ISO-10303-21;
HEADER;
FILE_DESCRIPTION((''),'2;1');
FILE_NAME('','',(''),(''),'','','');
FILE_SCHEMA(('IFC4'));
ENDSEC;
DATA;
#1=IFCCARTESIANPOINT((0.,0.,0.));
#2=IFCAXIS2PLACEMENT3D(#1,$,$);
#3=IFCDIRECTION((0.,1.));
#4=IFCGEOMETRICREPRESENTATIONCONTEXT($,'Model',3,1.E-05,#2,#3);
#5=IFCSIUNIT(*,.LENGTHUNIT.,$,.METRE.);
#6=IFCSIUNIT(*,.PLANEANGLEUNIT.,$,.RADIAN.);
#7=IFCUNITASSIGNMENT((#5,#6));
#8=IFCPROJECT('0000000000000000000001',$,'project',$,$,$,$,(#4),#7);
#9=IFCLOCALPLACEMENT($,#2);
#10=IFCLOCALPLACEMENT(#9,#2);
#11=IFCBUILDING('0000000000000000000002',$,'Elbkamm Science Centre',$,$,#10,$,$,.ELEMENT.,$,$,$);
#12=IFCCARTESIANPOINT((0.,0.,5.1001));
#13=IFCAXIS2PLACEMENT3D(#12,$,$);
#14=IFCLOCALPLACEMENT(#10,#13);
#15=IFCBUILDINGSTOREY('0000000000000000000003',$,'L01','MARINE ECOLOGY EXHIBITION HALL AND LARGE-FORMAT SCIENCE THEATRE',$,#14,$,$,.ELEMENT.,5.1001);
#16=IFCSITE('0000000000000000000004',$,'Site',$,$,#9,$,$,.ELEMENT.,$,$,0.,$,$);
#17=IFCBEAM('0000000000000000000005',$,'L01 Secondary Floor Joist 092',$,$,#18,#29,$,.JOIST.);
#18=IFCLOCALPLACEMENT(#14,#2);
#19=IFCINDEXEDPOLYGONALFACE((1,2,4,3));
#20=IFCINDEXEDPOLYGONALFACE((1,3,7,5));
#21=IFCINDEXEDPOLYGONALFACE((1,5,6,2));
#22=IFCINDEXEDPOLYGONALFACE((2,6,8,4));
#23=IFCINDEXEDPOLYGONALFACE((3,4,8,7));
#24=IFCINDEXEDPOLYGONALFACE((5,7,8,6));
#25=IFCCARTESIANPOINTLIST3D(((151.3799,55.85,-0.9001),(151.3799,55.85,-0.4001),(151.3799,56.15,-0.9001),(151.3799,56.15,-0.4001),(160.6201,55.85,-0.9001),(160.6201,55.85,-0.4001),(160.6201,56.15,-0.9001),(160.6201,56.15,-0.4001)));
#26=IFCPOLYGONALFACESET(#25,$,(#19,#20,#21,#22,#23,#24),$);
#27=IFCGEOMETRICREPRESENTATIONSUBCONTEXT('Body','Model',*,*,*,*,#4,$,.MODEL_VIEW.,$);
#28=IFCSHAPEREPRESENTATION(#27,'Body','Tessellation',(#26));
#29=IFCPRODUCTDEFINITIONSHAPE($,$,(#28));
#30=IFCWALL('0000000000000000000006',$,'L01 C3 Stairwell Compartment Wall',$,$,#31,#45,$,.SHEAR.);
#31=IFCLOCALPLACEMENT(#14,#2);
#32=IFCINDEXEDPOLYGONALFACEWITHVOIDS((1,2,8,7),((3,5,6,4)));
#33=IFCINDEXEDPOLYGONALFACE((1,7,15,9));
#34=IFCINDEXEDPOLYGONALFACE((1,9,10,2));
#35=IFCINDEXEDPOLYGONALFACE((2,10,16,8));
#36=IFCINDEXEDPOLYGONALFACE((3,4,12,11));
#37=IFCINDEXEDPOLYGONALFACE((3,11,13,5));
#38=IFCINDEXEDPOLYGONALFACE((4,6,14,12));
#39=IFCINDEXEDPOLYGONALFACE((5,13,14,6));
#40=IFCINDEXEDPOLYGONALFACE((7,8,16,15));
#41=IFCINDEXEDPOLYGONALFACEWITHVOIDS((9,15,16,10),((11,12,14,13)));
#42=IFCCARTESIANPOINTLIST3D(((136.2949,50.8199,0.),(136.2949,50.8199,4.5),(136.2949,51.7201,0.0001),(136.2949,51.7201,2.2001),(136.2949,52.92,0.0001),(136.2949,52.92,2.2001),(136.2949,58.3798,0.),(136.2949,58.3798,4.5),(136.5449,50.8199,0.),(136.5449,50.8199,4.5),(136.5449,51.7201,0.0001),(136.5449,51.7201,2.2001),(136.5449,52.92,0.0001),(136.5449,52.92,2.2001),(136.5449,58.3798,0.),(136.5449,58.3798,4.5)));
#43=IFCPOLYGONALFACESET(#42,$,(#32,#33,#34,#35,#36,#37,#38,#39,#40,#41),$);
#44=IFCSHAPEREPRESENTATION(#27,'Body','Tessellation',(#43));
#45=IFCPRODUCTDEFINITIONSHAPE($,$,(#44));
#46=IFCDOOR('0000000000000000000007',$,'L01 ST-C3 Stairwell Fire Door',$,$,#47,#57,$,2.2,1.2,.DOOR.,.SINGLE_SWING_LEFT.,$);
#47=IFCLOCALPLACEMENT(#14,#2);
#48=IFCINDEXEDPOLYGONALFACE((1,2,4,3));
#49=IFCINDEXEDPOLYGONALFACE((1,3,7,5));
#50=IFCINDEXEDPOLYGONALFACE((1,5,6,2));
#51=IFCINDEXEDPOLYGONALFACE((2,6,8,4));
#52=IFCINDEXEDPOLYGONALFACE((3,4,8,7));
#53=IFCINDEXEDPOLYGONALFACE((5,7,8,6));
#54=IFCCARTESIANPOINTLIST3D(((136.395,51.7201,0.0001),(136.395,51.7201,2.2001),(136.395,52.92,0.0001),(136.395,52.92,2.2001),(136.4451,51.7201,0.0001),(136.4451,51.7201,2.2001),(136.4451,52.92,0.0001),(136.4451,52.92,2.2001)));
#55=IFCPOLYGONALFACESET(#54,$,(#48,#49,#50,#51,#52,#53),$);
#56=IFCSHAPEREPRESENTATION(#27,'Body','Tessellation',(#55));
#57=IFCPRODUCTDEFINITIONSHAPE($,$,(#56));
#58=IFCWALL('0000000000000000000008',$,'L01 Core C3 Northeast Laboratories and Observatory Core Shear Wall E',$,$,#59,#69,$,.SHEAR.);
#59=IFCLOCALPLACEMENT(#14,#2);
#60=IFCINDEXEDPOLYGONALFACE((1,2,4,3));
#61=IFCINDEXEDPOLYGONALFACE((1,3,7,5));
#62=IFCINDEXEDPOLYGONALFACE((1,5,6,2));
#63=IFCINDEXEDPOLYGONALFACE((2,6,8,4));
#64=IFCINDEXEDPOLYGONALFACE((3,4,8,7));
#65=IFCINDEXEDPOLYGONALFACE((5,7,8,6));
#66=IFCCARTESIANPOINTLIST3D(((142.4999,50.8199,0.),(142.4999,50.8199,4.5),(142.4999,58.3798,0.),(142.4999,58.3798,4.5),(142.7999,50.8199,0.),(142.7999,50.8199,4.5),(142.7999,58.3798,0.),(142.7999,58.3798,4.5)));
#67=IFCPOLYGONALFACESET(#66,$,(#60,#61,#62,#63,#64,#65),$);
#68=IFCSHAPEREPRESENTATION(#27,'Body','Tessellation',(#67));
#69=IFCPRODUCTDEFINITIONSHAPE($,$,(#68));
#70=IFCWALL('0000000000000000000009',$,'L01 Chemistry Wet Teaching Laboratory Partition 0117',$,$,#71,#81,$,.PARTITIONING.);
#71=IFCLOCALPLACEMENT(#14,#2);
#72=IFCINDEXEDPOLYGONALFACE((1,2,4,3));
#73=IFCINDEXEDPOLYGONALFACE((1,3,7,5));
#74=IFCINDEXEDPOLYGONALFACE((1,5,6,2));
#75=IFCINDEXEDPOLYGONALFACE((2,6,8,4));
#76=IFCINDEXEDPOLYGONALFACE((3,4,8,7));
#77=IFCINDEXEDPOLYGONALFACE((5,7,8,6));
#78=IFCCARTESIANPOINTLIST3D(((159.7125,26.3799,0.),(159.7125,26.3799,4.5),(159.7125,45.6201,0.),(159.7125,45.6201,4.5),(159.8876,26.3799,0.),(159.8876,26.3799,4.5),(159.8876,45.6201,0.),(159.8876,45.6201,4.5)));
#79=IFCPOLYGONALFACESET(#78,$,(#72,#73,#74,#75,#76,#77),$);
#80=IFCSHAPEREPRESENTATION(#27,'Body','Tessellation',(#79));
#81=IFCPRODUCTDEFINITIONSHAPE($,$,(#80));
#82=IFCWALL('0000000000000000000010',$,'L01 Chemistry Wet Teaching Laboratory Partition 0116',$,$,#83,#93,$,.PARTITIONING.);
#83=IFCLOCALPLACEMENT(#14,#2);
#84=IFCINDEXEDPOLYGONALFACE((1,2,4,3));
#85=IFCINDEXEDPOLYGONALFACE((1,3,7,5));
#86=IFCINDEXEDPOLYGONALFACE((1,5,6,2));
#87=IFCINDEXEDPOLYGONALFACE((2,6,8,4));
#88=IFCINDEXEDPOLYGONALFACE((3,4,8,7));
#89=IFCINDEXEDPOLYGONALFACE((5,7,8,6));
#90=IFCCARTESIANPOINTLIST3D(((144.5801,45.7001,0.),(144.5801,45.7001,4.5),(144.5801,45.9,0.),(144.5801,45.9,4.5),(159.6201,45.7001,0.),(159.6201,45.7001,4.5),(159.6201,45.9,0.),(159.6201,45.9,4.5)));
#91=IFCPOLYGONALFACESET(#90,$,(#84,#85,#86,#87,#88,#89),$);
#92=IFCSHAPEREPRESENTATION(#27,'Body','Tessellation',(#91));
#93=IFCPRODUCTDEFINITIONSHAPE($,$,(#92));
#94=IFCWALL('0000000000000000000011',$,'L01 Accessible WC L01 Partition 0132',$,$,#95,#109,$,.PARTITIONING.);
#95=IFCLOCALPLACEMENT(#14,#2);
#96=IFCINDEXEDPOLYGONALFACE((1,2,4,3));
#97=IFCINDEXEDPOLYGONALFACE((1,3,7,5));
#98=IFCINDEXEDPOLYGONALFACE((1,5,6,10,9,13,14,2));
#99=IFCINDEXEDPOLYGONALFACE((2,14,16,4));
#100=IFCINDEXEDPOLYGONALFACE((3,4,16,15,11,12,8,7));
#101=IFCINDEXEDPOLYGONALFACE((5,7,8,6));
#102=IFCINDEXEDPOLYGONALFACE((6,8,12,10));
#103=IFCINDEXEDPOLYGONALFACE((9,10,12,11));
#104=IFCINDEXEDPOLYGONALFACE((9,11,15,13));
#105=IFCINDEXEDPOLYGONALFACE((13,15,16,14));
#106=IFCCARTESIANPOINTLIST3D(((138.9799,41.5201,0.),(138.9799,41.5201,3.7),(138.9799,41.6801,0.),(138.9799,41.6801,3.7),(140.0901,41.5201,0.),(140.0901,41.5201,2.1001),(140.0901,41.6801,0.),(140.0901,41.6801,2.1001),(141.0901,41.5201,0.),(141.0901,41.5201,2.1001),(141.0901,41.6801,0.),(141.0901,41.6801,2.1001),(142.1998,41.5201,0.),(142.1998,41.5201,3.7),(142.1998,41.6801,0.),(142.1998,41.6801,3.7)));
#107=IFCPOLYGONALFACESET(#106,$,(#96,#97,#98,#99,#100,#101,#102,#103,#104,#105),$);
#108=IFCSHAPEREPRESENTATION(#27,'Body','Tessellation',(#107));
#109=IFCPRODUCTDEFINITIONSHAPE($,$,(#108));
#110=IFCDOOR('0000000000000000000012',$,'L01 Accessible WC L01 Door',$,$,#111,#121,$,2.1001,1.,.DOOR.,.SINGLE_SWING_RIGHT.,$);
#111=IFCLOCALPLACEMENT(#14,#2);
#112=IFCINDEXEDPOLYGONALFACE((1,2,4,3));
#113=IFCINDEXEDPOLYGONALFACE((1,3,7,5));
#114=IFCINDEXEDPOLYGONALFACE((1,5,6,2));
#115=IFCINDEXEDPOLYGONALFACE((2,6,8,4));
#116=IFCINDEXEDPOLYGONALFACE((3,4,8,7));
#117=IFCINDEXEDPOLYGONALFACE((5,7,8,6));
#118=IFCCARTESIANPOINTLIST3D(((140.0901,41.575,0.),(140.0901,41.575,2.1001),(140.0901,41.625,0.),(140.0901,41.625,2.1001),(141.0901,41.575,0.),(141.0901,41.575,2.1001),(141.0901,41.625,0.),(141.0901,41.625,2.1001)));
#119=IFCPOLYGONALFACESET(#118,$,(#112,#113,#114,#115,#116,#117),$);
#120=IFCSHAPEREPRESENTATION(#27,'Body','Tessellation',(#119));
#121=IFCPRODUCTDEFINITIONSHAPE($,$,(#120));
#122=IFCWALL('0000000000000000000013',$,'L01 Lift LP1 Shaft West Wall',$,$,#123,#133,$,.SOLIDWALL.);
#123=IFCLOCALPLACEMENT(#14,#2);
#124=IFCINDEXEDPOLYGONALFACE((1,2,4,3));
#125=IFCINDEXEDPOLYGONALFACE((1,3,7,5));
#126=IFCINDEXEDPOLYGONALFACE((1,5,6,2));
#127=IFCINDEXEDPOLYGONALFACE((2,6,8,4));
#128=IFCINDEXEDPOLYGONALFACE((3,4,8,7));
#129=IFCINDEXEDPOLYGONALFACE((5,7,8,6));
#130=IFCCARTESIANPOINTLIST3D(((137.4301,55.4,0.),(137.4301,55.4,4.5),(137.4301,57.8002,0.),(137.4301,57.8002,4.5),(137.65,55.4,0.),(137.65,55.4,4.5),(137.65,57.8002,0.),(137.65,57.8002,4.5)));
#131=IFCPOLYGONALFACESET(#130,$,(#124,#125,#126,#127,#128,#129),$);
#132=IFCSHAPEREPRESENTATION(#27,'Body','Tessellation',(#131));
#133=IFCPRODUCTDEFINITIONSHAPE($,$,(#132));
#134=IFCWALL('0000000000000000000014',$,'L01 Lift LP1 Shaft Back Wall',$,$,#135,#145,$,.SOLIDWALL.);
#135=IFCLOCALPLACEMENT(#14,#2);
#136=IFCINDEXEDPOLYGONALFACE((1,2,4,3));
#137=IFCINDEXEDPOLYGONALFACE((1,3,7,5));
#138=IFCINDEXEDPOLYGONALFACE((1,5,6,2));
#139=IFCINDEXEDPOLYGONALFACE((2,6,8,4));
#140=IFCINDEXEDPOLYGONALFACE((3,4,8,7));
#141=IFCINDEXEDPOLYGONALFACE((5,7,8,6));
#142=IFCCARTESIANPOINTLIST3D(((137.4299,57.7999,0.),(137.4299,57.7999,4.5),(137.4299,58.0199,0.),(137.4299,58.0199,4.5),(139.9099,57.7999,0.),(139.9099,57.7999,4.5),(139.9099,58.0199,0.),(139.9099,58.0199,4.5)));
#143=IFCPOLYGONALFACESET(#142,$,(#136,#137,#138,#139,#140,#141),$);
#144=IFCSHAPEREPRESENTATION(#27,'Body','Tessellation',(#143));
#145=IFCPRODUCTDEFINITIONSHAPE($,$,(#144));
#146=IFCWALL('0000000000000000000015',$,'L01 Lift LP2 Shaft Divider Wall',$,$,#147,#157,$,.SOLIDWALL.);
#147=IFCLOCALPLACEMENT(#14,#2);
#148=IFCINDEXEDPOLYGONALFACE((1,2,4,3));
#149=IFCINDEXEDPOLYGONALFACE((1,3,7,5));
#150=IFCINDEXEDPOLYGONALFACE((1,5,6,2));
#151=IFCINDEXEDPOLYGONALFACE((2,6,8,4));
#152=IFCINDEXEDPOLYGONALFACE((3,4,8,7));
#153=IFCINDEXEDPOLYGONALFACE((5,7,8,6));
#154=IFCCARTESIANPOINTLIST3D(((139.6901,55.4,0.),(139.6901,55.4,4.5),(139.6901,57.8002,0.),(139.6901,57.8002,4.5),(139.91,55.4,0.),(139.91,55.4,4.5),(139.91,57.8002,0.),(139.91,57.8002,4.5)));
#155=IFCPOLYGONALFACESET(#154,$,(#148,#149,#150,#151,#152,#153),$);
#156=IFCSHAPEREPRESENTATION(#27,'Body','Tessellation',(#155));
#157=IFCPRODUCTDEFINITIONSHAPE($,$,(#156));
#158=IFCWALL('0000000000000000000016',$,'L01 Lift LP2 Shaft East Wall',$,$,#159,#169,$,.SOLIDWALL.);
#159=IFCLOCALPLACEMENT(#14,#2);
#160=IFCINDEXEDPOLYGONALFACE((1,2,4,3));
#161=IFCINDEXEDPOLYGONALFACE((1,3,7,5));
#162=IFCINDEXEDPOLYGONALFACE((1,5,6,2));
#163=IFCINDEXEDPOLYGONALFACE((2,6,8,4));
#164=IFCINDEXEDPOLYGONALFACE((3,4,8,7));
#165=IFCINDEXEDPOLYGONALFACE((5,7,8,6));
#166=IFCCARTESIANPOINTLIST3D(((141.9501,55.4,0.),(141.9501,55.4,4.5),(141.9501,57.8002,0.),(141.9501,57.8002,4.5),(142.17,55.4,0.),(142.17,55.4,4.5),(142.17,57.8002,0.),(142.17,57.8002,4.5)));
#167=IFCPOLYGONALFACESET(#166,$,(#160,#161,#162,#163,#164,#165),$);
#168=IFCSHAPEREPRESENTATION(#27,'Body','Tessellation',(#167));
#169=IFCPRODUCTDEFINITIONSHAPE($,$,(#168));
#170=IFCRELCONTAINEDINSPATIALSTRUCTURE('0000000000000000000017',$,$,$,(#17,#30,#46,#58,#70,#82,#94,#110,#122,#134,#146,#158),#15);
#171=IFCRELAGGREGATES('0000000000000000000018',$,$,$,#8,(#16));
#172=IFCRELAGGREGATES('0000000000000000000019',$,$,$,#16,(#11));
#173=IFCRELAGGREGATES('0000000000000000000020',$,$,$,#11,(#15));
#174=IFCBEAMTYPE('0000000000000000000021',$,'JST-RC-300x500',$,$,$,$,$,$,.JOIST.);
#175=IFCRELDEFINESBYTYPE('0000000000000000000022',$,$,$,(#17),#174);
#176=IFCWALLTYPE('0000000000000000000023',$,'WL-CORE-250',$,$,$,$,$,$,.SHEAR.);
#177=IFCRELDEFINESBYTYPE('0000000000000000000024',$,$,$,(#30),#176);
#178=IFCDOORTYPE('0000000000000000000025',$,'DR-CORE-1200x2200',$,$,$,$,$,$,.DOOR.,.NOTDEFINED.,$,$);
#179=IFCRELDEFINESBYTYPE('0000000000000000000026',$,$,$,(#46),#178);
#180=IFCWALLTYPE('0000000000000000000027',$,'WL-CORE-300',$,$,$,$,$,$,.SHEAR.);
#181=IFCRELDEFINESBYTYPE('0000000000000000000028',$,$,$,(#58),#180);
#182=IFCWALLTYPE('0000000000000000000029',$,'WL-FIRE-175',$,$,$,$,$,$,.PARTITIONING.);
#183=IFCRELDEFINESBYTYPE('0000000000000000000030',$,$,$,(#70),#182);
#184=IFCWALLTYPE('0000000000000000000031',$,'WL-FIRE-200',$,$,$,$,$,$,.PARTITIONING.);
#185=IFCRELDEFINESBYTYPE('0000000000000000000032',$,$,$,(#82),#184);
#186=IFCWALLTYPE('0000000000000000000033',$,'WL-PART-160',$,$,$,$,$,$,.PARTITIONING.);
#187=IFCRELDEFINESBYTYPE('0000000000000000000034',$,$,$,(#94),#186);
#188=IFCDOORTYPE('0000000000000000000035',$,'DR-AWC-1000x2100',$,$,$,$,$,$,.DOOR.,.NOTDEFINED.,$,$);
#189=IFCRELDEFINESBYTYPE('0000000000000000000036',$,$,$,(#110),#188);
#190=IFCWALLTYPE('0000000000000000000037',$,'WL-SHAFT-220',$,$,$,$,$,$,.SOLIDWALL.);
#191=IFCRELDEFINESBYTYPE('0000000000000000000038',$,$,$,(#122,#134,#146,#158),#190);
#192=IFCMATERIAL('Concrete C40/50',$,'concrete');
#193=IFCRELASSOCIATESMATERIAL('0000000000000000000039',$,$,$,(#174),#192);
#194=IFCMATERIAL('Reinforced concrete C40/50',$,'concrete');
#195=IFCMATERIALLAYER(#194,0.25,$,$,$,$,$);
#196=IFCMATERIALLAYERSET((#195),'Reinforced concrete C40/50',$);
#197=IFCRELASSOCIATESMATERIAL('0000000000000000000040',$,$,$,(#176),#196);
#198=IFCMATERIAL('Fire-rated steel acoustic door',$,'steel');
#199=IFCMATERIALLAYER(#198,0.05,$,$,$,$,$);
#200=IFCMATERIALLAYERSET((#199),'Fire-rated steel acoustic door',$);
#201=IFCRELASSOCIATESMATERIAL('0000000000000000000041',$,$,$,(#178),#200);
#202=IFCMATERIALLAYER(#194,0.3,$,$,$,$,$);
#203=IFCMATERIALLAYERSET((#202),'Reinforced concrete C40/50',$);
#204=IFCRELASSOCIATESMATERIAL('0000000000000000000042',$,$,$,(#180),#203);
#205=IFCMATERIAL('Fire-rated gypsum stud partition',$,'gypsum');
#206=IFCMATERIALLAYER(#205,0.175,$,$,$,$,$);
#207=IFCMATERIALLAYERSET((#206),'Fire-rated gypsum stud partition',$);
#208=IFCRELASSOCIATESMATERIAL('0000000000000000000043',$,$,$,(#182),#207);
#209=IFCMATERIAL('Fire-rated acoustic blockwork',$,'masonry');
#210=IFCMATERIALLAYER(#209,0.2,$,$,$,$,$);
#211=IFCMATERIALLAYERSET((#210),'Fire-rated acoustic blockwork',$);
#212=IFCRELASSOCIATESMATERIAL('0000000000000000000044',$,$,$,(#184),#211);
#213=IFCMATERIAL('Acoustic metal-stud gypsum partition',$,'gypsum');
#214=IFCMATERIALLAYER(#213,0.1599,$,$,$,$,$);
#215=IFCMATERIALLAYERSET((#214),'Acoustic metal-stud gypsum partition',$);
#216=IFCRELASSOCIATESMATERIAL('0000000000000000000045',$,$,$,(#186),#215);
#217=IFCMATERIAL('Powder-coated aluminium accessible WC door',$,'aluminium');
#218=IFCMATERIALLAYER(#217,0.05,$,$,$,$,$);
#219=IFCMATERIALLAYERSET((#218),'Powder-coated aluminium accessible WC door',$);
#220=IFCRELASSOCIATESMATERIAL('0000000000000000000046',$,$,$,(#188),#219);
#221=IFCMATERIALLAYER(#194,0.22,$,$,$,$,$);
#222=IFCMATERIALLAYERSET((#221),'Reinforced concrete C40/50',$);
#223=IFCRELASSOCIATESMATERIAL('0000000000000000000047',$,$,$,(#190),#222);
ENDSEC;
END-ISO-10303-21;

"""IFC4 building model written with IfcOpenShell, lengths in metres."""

from ifc_helpers import new_model, si_unit, direction, frame, frame_2d, origin, origin_2d, place, context, subcontext, project, spatial, rectangle, extrude, material, layer, layer_set, material_profile, profile_set, type_object, element, fill, save


model = new_model("IFC4")

# Units and contexts
model_context = context("Model", 3, precision=1e-05, world=origin(), true_north=direction((0.0, 1.0)))
body_context = subcontext(model_context, "Body", "Model", "MODEL_VIEW")
ifc_project = project(units=[si_unit("LENGTHUNIT", "METRE"), si_unit("PLANEANGLEUNIT", "RADIAN")], contexts=[model_context])

# Site, building, storey
site_placement = place(None, origin())
site = spatial("IfcSite", under=ifc_project, at=site_placement, Name="Site", CompositionType="ELEMENT", RefElevation=0.0)
building_placement = place(site_placement, origin())
building = spatial("IfcBuilding", under=site, at=building_placement, Name="Elbkamm Science Centre", CompositionType="ELEMENT")
storey_placement = place(building_placement, frame((0.0, 0.0, 5.1001)))
storey = spatial("IfcBuildingStorey", under=building, at=storey_placement, Name="L01", Description="MARINE ECOLOGY EXHIBITION HALL AND LARGE-FORMAT SCIENCE THEATRE", CompositionType="ELEMENT", Elevation=5.1001)

# Shared definitions
ifc_material_1 = material(Name="Concrete C40/50", Category="concrete")

# Beam
ifc_material_profile_1 = material_profile(ifc_material_1, rectangle(XDim=0.3, YDim=0.5, at=origin_2d()), Name="RC 300x500")
ifc_profile_set_1 = profile_set([ifc_material_profile_1], Name="Concrete C40/50")
beam_type_1 = type_object("IfcBeamType", Name="JST-RC-300x500", PredefinedType="JOIST", material=ifc_profile_set_1)
for number, where, z_axis, x_axis, name in (
    (1, (151.3799, 56.0, -0.6501), (1.0, 0.0, 0.0), (0.0, 1.0, 0.0), "L01 Secondary Floor Joist 092"),
):
    element("IfcBeam", number, at=place(storey_placement, frame(where, z_axis=z_axis, x_axis=x_axis)), inside=storey, type_object=beam_type_1, Name=name, PredefinedType="JOIST", context=body_context, shape_type="SweptSolid", body=[
        extrude(rectangle(XDim=0.3, YDim=0.5, at=origin_2d()), origin(), (0.0, 0.0, 1.0), 9.2402),
    ])

# Wall, opening, door
ifc_material_2 = material(Name="Reinforced concrete C40/50", Category="concrete")
ifc_layer_1 = layer(ifc_material_2, 0.25)
ifc_layer_set_1 = layer_set([ifc_layer_1], Name="Reinforced concrete C40/50")
wall_type_1 = type_object("IfcWallType", Name="WL-CORE-250", PredefinedType="SHEAR", material=ifc_layer_set_1)
wall_1_placement = place(storey_placement, frame((136.4199, 50.8201, 0.0), z_axis=(0.0, 0.0, 1.0), x_axis=(0.0, 1.0, 0.0)))
wall_1 = element("IfcWall", 2, at=wall_1_placement, inside=storey, type_object=wall_type_1, Name="L01 C3 Stairwell Compartment Wall", PredefinedType="SHEAR", context=body_context, shape_type="SweptSolid", body=[
    extrude(rectangle(XDim=7.5598, YDim=0.25, at=frame_2d((3.7798, 0.0))), origin(), (0.0, 0.0, 1.0), 4.5),
])
opening_1_placement = place(wall_1_placement, frame((0.8999, 0.0, 0.0)))
opening_1 = element("IfcOpeningElement", 3, at=opening_1_placement, cuts=wall_1, PredefinedType="OPENING", context=body_context, shape_type="SweptSolid", body=[
    extrude(rectangle(XDim=1.2, YDim=2.2, at=frame_2d((0.6001, 1.1001))), frame((0.0, 0.137, 0.0), z_axis=(0.0, -1.0, 0.0), x_axis=(1.0, 0.0, 0.0)), (0.0, 0.0, 1.0), 0.2739),
])
ifc_material_3 = material(Name="Fire-rated steel acoustic door", Category="steel")
ifc_layer_2 = layer(ifc_material_3, 0.05)
ifc_layer_set_2 = layer_set([ifc_layer_2], Name="Fire-rated steel acoustic door")
door_type_1 = type_object("IfcDoorType", Name="DR-CORE-1200x2200", OperationType="NOTDEFINED", PredefinedType="DOOR", material=ifc_layer_set_2)
door_1_placement = place(opening_1_placement, origin())
door_1 = element("IfcDoor", 4, at=door_1_placement, inside=storey, type_object=door_type_1, Name="L01 ST-C3 Stairwell Fire Door", OperationType="SINGLE_SWING_LEFT", OverallHeight=2.2, OverallWidth=1.2, PredefinedType="DOOR", context=body_context, shape_type="SweptSolid", body=[
    extrude(rectangle(XDim=1.2, YDim=2.2, at=frame_2d((0.6001, 1.1001))), frame((0.0, 0.0249, 0.0), z_axis=(0.0, -1.0, 0.0), x_axis=(1.0, 0.0, 0.0)), (0.0, 0.0, 1.0), 0.05),
])
fill(opening_1, door_1)

# Walls
ifc_layer_3 = layer(ifc_material_2, 0.3)
ifc_layer_set_3 = layer_set([ifc_layer_3], Name="Reinforced concrete C40/50")
wall_type_2 = type_object("IfcWallType", Name="WL-CORE-300", PredefinedType="SHEAR", material=ifc_layer_set_3)
wall_2_placement = place(storey_placement, frame((142.6499, 50.8201, 0.0), z_axis=(0.0, 0.0, 1.0), x_axis=(0.0, 1.0, 0.0)))
element("IfcWall", 5, at=wall_2_placement, inside=storey, type_object=wall_type_2, Name="L01 Core C3 Northeast Laboratories and Observatory Core Shear Wall E", PredefinedType="SHEAR", context=body_context, shape_type="SweptSolid", body=[
    extrude(rectangle(XDim=7.5598, YDim=0.3, at=frame_2d((3.7798, 0.0))), origin(), (0.0, 0.0, 1.0), 4.5),
])
ifc_material_4 = material(Name="Fire-rated gypsum stud partition", Category="gypsum")
ifc_layer_4 = layer(ifc_material_4, 0.175)
ifc_layer_set_4 = layer_set([ifc_layer_4], Name="Fire-rated gypsum stud partition")
wall_type_3 = type_object("IfcWallType", Name="WL-FIRE-175", PredefinedType="PARTITIONING", material=ifc_layer_set_4)
wall_3_placement = place(storey_placement, frame((159.8, 45.6201, 0.0), z_axis=(0.0, 0.0, 1.0), x_axis=(0.0, -1.0, 0.0)))
element("IfcWall", 6, at=wall_3_placement, inside=storey, type_object=wall_type_3, Name="L01 Chemistry Wet Teaching Laboratory Partition 0117", PredefinedType="PARTITIONING", context=body_context, shape_type="SweptSolid", body=[
    extrude(rectangle(XDim=19.2402, YDim=0.175, at=frame_2d((9.6201, 0.0))), origin(), (0.0, 0.0, 1.0), 4.5),
])
ifc_material_5 = material(Name="Fire-rated acoustic blockwork", Category="masonry")
ifc_layer_5 = layer(ifc_material_5, 0.2)
ifc_layer_set_5 = layer_set([ifc_layer_5], Name="Fire-rated acoustic blockwork")
wall_type_4 = type_object("IfcWallType", Name="WL-FIRE-200", PredefinedType="PARTITIONING", material=ifc_layer_set_5)
wall_4_placement = place(storey_placement, frame((144.5801, 45.8, 0.0), z_axis=(0.0, 0.0, 1.0), x_axis=(1.0, 0.0, 0.0)))
element("IfcWall", 7, at=wall_4_placement, inside=storey, type_object=wall_type_4, Name="L01 Chemistry Wet Teaching Laboratory Partition 0116", PredefinedType="PARTITIONING", context=body_context, shape_type="SweptSolid", body=[
    extrude(rectangle(XDim=15.04, YDim=0.2, at=frame_2d((7.52, 0.0))), origin(), (0.0, 0.0, 1.0), 4.5),
])

# Wall, opening, door
ifc_material_6 = material(Name="Acoustic metal-stud gypsum partition", Category="gypsum")
ifc_layer_6 = layer(ifc_material_6, 0.1599)
ifc_layer_set_6 = layer_set([ifc_layer_6], Name="Acoustic metal-stud gypsum partition")
wall_type_5 = type_object("IfcWallType", Name="WL-PART-160", PredefinedType="PARTITIONING", material=ifc_layer_set_6)
wall_5_placement = place(storey_placement, frame((138.98, 41.6001, 0.0), z_axis=(0.0, 0.0, 1.0), x_axis=(1.0, 0.0, 0.0)))
wall_5 = element("IfcWall", 8, at=wall_5_placement, inside=storey, type_object=wall_type_5, Name="L01 Accessible WC L01 Partition 0132", PredefinedType="PARTITIONING", context=body_context, shape_type="SweptSolid", body=[
    extrude(rectangle(XDim=3.22, YDim=0.1599, at=frame_2d((1.6099, 0.0))), origin(), (0.0, 0.0, 1.0), 3.7),
])
opening_2_placement = place(wall_5_placement, frame((1.1101, 0.0, 0.0)))
opening_2 = element("IfcOpeningElement", 9, at=opening_2_placement, cuts=wall_5, PredefinedType="OPENING", context=body_context, shape_type="SweptSolid", body=[
    extrude(rectangle(XDim=1.0, YDim=2.1001, at=frame_2d((0.5, 1.05))), frame((0.0, 0.0918, 0.0), z_axis=(0.0, -1.0, 0.0), x_axis=(1.0, 0.0, 0.0)), (0.0, 0.0, 1.0), 0.1838),
])
ifc_material_7 = material(Name="Powder-coated aluminium accessible WC door", Category="aluminium")
ifc_layer_7 = layer(ifc_material_7, 0.05)
ifc_layer_set_7 = layer_set([ifc_layer_7], Name="Powder-coated aluminium accessible WC door")
door_type_2 = type_object("IfcDoorType", Name="DR-AWC-1000x2100", OperationType="NOTDEFINED", PredefinedType="DOOR", material=ifc_layer_set_7)
door_2_placement = place(opening_2_placement, origin())
door_2 = element("IfcDoor", 10, at=door_2_placement, inside=storey, type_object=door_type_2, Name="L01 Accessible WC L01 Door", OperationType="SINGLE_SWING_RIGHT", OverallHeight=2.1001, OverallWidth=1.0, PredefinedType="DOOR", context=body_context, shape_type="SweptSolid", body=[
    extrude(rectangle(XDim=1.0, YDim=2.1001, at=frame_2d((0.5, 1.05))), frame((0.0, 0.0249, 0.0), z_axis=(0.0, -1.0, 0.0), x_axis=(1.0, 0.0, 0.0)), (0.0, 0.0, 1.0), 0.05),
])
fill(opening_2, door_2)

# Walls
ifc_layer_8 = layer(ifc_material_2, 0.22)
ifc_layer_set_8 = layer_set([ifc_layer_8], Name="Reinforced concrete C40/50")
wall_type_6 = type_object("IfcWallType", Name="WL-SHAFT-220", PredefinedType="SOLIDWALL", material=ifc_layer_set_8)
wall_6_placement = place(storey_placement, frame((137.54, 55.3999, 0.0), z_axis=(0.0, 0.0, 1.0), x_axis=(0.0, 1.0, 0.0)))
element("IfcWall", 11, at=wall_6_placement, inside=storey, type_object=wall_type_6, Name="L01 Lift LP1 Shaft West Wall", PredefinedType="SOLIDWALL", context=body_context, shape_type="SweptSolid", body=[
    extrude(rectangle(XDim=2.4001, YDim=0.22, at=frame_2d((1.2002, 0.0))), origin(), (0.0, 0.0, 1.0), 4.5),
])
wall_7_placement = place(storey_placement, frame((137.4299, 57.9099, 0.0), z_axis=(0.0, 0.0, 1.0), x_axis=(1.0, 0.0, 0.0)))
element("IfcWall", 12, at=wall_7_placement, inside=storey, type_object=wall_type_6, Name="L01 Lift LP1 Shaft Back Wall", PredefinedType="SOLIDWALL", context=body_context, shape_type="SweptSolid", body=[
    extrude(rectangle(XDim=2.48, YDim=0.22, at=frame_2d((1.24, 0.0))), origin(), (0.0, 0.0, 1.0), 4.5),
])

# Walls
for number, where, z_axis, x_axis, name in (
    (13, (139.8, 55.3999, 0.0), (0.0, 0.0, 1.0), (0.0, 1.0, 0.0), "L01 Lift LP2 Shaft Divider Wall"),
    (14, (142.0601, 55.3999, 0.0), (0.0, 0.0, 1.0), (0.0, 1.0, 0.0), "L01 Lift LP2 Shaft East Wall"),
):
    element("IfcWall", number, at=place(storey_placement, frame(where, z_axis=z_axis, x_axis=x_axis)), inside=storey, type_object=wall_type_6, Name=name, PredefinedType="SOLIDWALL", context=body_context, shape_type="SweptSolid", body=[
        extrude(rectangle(XDim=2.4001, YDim=0.22, at=frame_2d((1.2002, 0.0))), origin(), (0.0, 0.0, 1.0), 4.5),
    ])

save(model, "model.ifc")
